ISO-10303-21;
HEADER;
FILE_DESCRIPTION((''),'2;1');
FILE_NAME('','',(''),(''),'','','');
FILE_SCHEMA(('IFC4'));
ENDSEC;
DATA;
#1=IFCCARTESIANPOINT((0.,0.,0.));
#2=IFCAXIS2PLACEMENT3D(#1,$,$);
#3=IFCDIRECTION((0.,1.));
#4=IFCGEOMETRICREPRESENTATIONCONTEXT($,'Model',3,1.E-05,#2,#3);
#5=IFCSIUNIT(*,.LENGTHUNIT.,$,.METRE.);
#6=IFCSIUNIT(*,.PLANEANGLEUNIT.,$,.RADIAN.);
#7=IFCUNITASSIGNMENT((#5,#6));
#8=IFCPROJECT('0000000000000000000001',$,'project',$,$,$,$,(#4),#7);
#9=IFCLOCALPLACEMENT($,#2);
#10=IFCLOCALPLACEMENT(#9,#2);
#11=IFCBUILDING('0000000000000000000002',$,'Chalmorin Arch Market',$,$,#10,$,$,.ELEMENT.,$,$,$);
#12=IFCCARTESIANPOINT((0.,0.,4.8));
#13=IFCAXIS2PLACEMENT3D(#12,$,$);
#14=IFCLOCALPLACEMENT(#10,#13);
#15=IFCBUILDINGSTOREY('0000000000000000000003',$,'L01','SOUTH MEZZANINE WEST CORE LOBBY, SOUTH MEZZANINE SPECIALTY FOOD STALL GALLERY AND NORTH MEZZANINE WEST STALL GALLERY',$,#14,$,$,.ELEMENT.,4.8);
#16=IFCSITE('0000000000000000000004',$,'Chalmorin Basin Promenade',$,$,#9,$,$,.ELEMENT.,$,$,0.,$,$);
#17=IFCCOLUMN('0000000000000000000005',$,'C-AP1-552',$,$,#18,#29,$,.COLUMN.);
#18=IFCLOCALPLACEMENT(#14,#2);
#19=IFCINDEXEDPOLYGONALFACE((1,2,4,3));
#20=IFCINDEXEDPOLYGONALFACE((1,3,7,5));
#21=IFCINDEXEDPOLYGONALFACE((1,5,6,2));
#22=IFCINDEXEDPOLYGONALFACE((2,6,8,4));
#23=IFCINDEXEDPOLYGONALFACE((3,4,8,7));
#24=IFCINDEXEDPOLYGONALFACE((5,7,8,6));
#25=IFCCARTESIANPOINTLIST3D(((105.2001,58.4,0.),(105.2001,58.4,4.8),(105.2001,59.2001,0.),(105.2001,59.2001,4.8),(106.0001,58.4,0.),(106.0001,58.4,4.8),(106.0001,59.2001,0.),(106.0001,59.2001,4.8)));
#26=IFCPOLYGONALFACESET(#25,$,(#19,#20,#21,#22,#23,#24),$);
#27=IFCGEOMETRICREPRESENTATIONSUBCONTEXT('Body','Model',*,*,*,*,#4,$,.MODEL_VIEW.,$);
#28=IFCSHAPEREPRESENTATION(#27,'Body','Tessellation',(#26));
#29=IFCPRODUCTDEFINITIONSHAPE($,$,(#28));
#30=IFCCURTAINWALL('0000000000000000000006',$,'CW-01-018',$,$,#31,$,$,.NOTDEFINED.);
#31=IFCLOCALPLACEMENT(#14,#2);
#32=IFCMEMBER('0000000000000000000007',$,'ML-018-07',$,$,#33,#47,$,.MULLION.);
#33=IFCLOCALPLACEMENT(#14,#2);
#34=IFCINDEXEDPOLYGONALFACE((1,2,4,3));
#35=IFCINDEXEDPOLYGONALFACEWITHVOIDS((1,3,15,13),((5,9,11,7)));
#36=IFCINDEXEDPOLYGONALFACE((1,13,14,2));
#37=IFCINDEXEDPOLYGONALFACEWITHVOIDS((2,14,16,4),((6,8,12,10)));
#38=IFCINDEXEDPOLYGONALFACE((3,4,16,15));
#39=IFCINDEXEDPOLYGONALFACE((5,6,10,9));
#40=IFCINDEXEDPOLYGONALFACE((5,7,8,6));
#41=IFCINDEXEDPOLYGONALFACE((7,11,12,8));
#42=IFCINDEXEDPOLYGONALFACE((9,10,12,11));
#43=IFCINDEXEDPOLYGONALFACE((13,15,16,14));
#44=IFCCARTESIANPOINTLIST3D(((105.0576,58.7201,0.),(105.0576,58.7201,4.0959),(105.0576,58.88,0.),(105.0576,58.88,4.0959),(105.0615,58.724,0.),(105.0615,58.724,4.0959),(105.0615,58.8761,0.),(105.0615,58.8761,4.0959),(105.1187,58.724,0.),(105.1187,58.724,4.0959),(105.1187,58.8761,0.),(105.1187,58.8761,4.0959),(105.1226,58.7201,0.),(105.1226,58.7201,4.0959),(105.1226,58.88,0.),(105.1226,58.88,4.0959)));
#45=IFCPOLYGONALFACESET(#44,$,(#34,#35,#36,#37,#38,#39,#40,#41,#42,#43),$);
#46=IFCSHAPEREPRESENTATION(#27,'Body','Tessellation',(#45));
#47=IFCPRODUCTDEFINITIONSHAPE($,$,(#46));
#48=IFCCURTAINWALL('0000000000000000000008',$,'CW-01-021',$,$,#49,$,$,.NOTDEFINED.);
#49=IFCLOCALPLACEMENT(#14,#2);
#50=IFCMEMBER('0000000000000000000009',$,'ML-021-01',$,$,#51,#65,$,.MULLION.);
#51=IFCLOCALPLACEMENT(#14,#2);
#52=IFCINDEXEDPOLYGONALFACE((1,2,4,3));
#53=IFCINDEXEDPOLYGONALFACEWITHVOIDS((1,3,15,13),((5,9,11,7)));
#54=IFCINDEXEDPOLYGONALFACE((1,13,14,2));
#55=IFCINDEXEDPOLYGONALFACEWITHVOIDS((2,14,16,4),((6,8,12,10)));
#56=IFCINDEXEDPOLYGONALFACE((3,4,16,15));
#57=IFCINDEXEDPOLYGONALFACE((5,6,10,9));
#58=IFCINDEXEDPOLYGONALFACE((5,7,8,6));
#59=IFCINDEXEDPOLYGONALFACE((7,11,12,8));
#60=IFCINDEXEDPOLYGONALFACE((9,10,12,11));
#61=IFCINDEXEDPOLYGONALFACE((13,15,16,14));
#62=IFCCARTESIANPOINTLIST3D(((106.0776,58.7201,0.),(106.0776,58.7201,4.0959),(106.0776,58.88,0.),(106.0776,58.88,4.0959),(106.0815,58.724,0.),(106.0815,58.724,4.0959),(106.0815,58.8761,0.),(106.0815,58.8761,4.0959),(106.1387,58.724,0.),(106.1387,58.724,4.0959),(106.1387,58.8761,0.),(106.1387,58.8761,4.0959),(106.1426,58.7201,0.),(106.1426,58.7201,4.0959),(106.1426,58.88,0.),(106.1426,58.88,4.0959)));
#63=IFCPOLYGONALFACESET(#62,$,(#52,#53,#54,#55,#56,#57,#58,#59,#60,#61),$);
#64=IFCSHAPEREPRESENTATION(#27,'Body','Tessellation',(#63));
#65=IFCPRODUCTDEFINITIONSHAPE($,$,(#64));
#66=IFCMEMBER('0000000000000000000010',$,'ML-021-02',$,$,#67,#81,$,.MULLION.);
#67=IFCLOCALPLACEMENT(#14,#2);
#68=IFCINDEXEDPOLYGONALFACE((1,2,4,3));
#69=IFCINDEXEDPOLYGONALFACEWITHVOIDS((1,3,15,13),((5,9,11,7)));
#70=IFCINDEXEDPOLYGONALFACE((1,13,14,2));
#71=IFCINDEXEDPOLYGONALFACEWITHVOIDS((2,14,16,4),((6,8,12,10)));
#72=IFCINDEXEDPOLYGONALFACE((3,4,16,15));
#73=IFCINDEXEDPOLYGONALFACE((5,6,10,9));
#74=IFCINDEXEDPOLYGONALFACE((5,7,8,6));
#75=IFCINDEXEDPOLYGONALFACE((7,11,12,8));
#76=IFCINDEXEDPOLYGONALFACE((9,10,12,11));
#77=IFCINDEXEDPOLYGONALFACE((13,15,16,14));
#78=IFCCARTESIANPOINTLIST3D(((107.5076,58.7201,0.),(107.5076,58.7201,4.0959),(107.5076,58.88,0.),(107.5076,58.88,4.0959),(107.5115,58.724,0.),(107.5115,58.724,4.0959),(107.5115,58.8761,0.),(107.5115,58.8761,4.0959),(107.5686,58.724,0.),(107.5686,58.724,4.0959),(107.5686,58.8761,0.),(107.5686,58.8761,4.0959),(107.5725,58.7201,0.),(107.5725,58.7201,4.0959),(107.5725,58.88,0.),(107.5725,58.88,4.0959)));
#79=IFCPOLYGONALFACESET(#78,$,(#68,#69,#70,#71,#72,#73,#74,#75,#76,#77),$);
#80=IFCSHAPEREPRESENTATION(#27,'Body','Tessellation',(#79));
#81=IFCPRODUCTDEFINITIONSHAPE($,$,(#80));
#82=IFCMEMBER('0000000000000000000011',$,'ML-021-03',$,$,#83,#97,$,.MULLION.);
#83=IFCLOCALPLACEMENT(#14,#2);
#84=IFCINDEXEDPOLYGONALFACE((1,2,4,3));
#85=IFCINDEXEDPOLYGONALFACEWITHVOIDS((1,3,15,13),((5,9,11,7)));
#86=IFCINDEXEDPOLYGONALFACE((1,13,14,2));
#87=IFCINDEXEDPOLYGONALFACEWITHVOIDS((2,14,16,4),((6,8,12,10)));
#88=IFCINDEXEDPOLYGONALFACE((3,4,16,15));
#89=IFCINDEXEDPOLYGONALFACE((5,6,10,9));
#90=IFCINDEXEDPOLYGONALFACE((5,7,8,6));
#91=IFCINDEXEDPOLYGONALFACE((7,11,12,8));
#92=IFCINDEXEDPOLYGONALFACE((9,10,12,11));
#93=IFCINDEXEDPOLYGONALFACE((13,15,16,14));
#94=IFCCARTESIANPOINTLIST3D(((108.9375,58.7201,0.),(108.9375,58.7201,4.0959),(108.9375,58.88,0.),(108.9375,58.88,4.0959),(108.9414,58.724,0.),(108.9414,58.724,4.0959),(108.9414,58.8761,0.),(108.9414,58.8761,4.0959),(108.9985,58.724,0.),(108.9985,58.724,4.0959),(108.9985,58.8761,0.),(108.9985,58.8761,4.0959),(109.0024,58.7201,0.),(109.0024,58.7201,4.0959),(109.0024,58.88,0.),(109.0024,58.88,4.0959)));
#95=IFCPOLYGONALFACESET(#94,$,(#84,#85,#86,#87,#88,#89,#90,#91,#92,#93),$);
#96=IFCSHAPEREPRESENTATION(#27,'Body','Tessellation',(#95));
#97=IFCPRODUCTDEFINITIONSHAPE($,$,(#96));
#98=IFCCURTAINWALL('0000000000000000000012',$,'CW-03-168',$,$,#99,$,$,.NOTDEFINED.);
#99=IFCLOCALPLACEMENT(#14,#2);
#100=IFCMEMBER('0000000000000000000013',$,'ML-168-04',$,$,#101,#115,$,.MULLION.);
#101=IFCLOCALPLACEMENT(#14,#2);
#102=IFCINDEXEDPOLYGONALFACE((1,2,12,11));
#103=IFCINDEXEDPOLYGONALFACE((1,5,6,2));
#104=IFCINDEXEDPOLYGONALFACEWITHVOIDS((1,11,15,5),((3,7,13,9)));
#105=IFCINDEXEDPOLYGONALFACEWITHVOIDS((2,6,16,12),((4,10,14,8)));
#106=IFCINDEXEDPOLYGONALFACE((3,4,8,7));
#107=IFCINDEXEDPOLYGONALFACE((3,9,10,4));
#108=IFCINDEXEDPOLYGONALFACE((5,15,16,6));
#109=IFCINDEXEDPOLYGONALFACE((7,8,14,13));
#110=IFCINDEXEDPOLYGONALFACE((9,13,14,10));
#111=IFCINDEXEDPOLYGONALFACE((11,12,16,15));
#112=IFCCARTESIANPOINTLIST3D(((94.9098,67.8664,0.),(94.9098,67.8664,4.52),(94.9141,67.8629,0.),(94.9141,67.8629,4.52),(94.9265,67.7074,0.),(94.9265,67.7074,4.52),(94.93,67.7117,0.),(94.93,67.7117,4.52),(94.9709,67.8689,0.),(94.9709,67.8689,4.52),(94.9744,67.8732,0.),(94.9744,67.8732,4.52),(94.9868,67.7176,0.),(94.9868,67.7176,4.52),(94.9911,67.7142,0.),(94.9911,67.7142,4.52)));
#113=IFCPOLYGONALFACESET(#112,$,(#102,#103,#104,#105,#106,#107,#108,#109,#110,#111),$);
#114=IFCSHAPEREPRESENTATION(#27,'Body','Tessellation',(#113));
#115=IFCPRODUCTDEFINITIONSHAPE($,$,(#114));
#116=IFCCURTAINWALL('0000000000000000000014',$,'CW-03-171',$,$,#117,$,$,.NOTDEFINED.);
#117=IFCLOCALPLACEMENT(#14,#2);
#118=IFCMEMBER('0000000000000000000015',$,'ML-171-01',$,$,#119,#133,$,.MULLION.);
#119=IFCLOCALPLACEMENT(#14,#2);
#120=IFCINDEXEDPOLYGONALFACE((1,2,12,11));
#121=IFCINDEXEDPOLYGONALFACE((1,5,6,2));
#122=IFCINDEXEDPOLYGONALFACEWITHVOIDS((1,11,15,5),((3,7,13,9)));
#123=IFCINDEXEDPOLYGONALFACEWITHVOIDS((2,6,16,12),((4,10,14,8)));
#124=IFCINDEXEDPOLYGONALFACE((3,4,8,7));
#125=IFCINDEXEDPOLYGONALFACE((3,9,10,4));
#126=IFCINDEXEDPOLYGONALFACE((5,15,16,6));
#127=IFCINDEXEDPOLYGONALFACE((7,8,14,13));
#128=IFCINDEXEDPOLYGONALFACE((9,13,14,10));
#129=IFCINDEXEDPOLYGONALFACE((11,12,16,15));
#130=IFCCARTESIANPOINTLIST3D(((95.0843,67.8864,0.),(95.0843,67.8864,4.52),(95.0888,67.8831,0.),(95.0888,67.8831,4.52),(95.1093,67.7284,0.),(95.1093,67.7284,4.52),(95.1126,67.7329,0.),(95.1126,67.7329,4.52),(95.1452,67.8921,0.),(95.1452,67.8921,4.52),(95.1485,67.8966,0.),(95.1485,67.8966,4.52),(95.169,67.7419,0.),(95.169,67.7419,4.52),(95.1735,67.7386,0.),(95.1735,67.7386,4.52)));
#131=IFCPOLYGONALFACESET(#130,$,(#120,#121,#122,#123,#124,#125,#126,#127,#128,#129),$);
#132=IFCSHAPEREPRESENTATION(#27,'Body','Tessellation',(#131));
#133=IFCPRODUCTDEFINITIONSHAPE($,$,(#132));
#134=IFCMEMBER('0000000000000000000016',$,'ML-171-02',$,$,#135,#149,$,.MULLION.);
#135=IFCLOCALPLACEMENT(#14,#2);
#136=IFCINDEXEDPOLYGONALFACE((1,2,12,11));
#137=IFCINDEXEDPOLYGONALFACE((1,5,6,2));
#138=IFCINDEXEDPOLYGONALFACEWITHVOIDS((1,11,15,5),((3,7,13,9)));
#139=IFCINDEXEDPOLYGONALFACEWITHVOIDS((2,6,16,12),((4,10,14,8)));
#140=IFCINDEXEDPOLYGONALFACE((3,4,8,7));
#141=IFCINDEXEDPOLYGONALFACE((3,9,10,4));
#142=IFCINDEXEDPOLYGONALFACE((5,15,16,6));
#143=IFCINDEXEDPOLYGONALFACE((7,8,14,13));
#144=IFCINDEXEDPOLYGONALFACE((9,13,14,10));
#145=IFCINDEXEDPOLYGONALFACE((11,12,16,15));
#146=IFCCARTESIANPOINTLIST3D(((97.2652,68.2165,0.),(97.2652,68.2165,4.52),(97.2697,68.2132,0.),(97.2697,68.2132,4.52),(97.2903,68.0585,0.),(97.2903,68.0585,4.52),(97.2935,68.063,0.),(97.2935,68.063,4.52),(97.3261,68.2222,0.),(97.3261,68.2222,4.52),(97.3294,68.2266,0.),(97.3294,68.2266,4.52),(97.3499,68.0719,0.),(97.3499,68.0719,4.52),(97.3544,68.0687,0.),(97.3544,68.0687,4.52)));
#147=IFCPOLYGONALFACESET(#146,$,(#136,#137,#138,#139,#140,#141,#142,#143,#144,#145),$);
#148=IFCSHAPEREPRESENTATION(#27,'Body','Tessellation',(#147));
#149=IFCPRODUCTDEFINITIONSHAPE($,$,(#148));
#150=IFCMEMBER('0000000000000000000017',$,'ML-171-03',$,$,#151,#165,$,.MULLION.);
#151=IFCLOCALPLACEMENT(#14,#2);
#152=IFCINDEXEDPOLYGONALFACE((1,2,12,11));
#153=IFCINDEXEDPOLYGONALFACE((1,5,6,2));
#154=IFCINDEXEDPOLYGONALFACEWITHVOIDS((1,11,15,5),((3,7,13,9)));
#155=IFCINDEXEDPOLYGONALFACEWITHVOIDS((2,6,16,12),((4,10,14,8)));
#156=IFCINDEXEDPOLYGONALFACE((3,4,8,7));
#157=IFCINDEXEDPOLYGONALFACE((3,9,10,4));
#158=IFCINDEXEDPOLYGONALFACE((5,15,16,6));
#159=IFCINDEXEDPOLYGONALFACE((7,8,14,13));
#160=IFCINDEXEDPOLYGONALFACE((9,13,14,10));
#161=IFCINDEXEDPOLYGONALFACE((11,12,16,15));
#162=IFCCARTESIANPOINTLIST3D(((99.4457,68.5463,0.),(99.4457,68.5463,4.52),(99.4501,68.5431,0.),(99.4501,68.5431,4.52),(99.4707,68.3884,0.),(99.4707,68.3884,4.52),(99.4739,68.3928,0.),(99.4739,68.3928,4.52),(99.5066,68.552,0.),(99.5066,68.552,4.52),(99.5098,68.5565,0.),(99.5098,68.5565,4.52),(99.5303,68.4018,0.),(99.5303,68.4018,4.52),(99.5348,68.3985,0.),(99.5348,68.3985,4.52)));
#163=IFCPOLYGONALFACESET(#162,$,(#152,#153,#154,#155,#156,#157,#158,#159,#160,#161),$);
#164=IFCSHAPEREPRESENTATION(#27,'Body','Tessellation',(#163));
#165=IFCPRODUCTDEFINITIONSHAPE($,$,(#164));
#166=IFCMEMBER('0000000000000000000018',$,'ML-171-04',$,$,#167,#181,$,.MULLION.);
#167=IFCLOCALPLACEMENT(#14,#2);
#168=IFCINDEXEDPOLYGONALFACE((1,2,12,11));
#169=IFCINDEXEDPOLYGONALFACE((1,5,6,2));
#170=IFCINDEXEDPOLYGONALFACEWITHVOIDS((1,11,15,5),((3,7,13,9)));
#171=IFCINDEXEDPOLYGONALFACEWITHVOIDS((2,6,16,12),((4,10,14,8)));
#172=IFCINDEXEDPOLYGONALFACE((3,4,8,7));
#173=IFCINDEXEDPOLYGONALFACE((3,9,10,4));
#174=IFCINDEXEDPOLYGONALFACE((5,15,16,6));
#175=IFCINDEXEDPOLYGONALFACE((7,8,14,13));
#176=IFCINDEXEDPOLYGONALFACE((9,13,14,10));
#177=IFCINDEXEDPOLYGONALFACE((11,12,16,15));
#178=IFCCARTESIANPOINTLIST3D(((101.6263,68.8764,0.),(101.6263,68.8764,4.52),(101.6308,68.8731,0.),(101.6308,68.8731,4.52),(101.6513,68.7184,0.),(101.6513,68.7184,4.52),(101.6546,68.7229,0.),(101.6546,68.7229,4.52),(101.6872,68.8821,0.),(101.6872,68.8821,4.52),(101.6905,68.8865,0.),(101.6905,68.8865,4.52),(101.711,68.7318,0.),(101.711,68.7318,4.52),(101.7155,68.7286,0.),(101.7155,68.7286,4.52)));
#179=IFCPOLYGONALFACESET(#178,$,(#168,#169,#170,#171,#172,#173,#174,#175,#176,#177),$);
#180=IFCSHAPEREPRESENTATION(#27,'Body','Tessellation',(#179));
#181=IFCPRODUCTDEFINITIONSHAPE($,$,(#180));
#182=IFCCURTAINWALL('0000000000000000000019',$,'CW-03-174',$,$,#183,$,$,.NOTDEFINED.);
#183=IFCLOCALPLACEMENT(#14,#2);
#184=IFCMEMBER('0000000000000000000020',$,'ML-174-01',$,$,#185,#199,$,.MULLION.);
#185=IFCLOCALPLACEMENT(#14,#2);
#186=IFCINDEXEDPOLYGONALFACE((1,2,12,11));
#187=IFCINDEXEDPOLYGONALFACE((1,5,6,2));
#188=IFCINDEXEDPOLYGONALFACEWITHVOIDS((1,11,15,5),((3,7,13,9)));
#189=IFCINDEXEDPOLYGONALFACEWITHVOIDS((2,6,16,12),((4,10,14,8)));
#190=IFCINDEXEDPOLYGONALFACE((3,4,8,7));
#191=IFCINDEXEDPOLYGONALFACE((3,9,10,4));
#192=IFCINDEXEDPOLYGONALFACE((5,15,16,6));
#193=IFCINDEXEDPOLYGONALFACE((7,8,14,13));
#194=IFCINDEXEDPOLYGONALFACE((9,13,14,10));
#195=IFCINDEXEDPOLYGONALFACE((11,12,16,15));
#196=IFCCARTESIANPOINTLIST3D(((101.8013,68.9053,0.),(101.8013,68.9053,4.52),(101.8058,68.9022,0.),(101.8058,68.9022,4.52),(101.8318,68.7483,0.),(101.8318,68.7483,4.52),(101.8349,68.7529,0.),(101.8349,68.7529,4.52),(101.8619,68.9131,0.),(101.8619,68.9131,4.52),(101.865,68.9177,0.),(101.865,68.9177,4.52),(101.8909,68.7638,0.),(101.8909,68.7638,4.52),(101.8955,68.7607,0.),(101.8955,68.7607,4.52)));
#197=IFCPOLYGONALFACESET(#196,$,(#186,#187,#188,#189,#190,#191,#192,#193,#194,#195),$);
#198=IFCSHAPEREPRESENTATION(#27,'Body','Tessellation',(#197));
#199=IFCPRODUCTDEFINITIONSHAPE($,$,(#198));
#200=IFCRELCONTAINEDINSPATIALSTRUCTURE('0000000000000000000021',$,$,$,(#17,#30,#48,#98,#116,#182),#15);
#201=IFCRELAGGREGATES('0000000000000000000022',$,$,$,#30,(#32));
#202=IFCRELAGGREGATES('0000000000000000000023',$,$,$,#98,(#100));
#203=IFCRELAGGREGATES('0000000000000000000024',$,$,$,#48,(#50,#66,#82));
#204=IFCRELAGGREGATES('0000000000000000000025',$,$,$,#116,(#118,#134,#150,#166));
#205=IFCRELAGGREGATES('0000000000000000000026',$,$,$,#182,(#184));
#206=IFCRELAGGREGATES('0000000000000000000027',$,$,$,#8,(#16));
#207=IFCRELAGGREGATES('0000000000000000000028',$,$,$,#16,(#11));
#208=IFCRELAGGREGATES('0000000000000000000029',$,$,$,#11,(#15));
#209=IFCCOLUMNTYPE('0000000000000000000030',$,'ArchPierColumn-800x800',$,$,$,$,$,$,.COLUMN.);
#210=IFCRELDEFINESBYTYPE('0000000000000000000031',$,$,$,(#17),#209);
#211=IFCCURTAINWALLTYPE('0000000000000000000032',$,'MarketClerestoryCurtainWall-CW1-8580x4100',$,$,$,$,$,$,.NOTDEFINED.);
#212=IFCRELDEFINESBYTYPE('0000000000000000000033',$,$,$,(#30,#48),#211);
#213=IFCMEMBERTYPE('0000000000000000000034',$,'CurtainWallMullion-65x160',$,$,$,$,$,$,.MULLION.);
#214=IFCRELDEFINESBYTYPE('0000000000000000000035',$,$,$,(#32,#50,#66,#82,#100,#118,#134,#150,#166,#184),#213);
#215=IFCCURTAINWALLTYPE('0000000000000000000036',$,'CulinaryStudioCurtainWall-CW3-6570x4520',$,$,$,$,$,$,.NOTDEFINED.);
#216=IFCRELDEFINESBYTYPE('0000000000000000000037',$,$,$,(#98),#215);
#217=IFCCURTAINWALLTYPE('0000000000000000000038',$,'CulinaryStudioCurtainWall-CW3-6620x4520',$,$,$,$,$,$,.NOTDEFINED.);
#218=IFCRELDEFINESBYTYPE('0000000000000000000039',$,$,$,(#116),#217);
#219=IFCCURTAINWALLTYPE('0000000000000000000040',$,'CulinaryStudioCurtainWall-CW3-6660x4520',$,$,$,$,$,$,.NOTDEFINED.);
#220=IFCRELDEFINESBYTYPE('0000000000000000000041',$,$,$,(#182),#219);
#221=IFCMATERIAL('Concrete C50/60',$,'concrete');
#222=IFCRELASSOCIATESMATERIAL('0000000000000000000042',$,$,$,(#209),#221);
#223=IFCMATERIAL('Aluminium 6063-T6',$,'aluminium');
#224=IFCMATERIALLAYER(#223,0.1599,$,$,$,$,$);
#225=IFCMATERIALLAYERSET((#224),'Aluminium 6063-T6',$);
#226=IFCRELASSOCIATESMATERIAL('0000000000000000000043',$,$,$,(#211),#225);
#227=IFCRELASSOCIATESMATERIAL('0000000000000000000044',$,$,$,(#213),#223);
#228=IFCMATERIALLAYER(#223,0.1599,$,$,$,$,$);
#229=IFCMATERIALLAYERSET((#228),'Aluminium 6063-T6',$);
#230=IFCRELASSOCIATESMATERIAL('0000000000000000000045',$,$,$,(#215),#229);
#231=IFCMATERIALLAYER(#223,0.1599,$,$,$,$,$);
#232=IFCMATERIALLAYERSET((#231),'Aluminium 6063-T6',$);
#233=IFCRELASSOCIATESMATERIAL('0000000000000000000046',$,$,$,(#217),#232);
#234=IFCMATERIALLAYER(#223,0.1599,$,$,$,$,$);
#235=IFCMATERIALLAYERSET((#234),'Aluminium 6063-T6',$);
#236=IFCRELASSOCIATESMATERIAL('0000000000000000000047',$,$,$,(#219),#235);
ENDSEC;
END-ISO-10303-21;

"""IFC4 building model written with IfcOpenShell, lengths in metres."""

from ifc_helpers import new_model, si_unit, direction, frame, origin, origin_2d, place, context, subcontext, project, spatial, rectangle, hollow_rectangle, extrude, material, layer, layer_set, material_profile, profile_set, type_object, element, aggregate, save


model = new_model("IFC4")

# Units and contexts
model_context = context("Model", 3, precision=1e-05, world=origin(), true_north=direction((0.0, 1.0)))
body_context = subcontext(model_context, "Body", "Model", "MODEL_VIEW")
ifc_project = project(units=[si_unit("LENGTHUNIT", "METRE"), si_unit("PLANEANGLEUNIT", "RADIAN")], contexts=[model_context])

# Site, building, storey
site_placement = place(None, origin())
site = spatial("IfcSite", under=ifc_project, at=site_placement, Name="Chalmorin Basin Promenade", CompositionType="ELEMENT", RefElevation=0.0)
building_placement = place(site_placement, origin())
building = spatial("IfcBuilding", under=site, at=building_placement, Name="Chalmorin Arch Market", CompositionType="ELEMENT")
storey_placement = place(building_placement, frame((0.0, 0.0, 4.8)))
storey = spatial("IfcBuildingStorey", under=building, at=storey_placement, Name="L01", Description="SOUTH MEZZANINE WEST CORE LOBBY, SOUTH MEZZANINE SPECIALTY FOOD STALL GALLERY AND NORTH MEZZANINE WEST STALL GALLERY", CompositionType="ELEMENT", Elevation=4.8)

# Column
ifc_material_1 = material(Name="Concrete C50/60", Category="concrete")
ifc_material_profile_1 = material_profile(ifc_material_1, rectangle(XDim=0.8, YDim=0.8, at=origin_2d()), Name="RC800X800")
ifc_profile_set_1 = profile_set([ifc_material_profile_1], Name="Concrete C50/60")
column_type = type_object("IfcColumnType", Name="ArchPierColumn-800x800", PredefinedType="COLUMN", material=ifc_profile_set_1)
column_placement = place(storey_placement, frame((105.6001, 58.8, 0.0), z_axis=(0.0, 0.0, 1.0), x_axis=(1.0, 0.0, 0.0)))
element("IfcColumn", 1, at=column_placement, inside=storey, type_object=column_type, Name="C-AP1-552", PredefinedType="COLUMN", context=body_context, shape_type="SweptSolid", body=[
    extrude(rectangle(XDim=0.8, YDim=0.8, at=origin_2d()), origin(), (0.0, 0.0, 1.0), 4.8),
])

# Curtain wall, member
ifc_material_2 = material(Name="Aluminium 6063-T6", Category="aluminium")
ifc_layer_1 = layer(ifc_material_2, 0.1599)
ifc_layer_set_1 = layer_set([ifc_layer_1], Name="Aluminium 6063-T6")
curtain_wall_type_1 = type_object("IfcCurtainWallType", Name="MarketClerestoryCurtainWall-CW1-8580x4100", PredefinedType="NOTDEFINED", material=ifc_layer_set_1)
curtain_wall_1_placement = place(storey_placement, origin())
curtain_wall_1 = element("IfcCurtainWall", 2, at=curtain_wall_1_placement, inside=storey, type_object=curtain_wall_type_1, Name="CW-01-018", PredefinedType="NOTDEFINED")
ifc_material_profile_2 = material_profile(ifc_material_2, hollow_rectangle(XDim=0.0649, YDim=0.1599, WallThickness=0.0039, at=origin_2d()), Name="ALU65X160X4")
ifc_profile_set_2 = profile_set([ifc_material_profile_2], Name="Aluminium 6063-T6")
member_type_1 = type_object("IfcMemberType", Name="CurtainWallMullion-65x160", PredefinedType="MULLION", material=ifc_profile_set_2)
member_1_placement = place(storey_placement, frame((105.0901, 58.8, 0.0), z_axis=(0.0, 0.0, 1.0), x_axis=(1.0, 0.0, 0.0)))
member_1 = element("IfcMember", 3, at=member_1_placement, type_object=member_type_1, Name="ML-018-07", PredefinedType="MULLION", context=body_context, shape_type="SweptSolid", body=[
    extrude(hollow_rectangle(XDim=0.0649, YDim=0.1599, WallThickness=0.0039, at=origin_2d()), origin(), (0.0, 0.0, 1.0), 4.0959),
])
aggregate(curtain_wall_1, [member_1])

# Curtain wall, members
curtain_wall_2_placement = place(storey_placement, origin())
curtain_wall_2 = element("IfcCurtainWall", 4, at=curtain_wall_2_placement, inside=storey, type_object=curtain_wall_type_1, Name="CW-01-021", PredefinedType="NOTDEFINED")
member_2_placement = place(storey_placement, frame((106.1101, 58.8, 0.0), z_axis=(0.0, 0.0, 1.0), x_axis=(1.0, 0.0, 0.0)))
member_2 = element("IfcMember", 5, at=member_2_placement, type_object=member_type_1, Name="ML-021-01", PredefinedType="MULLION", context=body_context, shape_type="SweptSolid", body=[
    extrude(hollow_rectangle(XDim=0.0649, YDim=0.1599, WallThickness=0.0039, at=origin_2d()), origin(), (0.0, 0.0, 1.0), 4.0959),
])
member_3_placement = place(storey_placement, frame((107.54, 58.8, 0.0), z_axis=(0.0, 0.0, 1.0), x_axis=(1.0, 0.0, 0.0)))
member_3 = element("IfcMember", 6, at=member_3_placement, type_object=member_type_1, Name="ML-021-02", PredefinedType="MULLION", context=body_context, shape_type="SweptSolid", body=[
    extrude(hollow_rectangle(XDim=0.0649, YDim=0.1599, WallThickness=0.0039, at=origin_2d()), origin(), (0.0, 0.0, 1.0), 4.0959),
])
member_4_placement = place(storey_placement, frame((108.97, 58.8, 0.0), z_axis=(0.0, 0.0, 1.0), x_axis=(1.0, 0.0, 0.0)))
member_4 = element("IfcMember", 7, at=member_4_placement, type_object=member_type_1, Name="ML-021-03", PredefinedType="MULLION", context=body_context, shape_type="SweptSolid", body=[
    extrude(hollow_rectangle(XDim=0.0649, YDim=0.1599, WallThickness=0.0039, at=origin_2d()), origin(), (0.0, 0.0, 1.0), 4.0959),
])

# Curtain wall, member
ifc_layer_2 = layer(ifc_material_2, 0.1599)
ifc_layer_set_2 = layer_set([ifc_layer_2], Name="Aluminium 6063-T6")
curtain_wall_type_2 = type_object("IfcCurtainWallType", Name="CulinaryStudioCurtainWall-CW3-6570x4520", PredefinedType="NOTDEFINED", material=ifc_layer_set_2)
curtain_wall_3_placement = place(storey_placement, origin())
curtain_wall_3 = element("IfcCurtainWall", 8, at=curtain_wall_3_placement, inside=storey, type_object=curtain_wall_type_2, Name="CW-03-168", PredefinedType="NOTDEFINED")
member_5_placement = place(storey_placement, frame((94.9504, 67.7903, 0.0), z_axis=(0.0, 0.0, 1.0), x_axis=(0.994522, 0.104528, 0.0)))
member_5 = element("IfcMember", 9, at=member_5_placement, type_object=member_type_1, Name="ML-168-04", PredefinedType="MULLION", context=body_context, shape_type="SweptSolid", body=[
    extrude(hollow_rectangle(XDim=0.0649, YDim=0.1599, WallThickness=0.0039, at=origin_2d()), origin(), (0.0, 0.0, 1.0), 4.52),
])
aggregate(curtain_wall_3, [member_5])

# Curtain walls, members
ifc_layer_3 = layer(ifc_material_2, 0.1599)
ifc_layer_set_3 = layer_set([ifc_layer_3], Name="Aluminium 6063-T6")
curtain_wall_type_3 = type_object("IfcCurtainWallType", Name="CulinaryStudioCurtainWall-CW3-6620x4520", PredefinedType="NOTDEFINED", material=ifc_layer_set_3)
curtain_wall_4_placement = place(storey_placement, origin())
curtain_wall_4 = element("IfcCurtainWall", 10, at=curtain_wall_4_placement, inside=storey, type_object=curtain_wall_type_3, Name="CW-03-171", PredefinedType="NOTDEFINED")
member_6_placement = place(storey_placement, frame((95.1289, 67.8125, 0.0), z_axis=(0.0, 0.0, 1.0), x_axis=(0.987688, 0.156434, 0.0)))
member_6 = element("IfcMember", 11, at=member_6_placement, type_object=member_type_1, Name="ML-171-01", PredefinedType="MULLION", context=body_context, shape_type="SweptSolid", body=[
    extrude(hollow_rectangle(XDim=0.0649, YDim=0.1599, WallThickness=0.0039, at=origin_2d()), origin(), (0.0, 0.0, 1.0), 4.52),
])
member_7_placement = place(storey_placement, frame((97.3098, 68.1426, 0.0), z_axis=(0.0, 0.0, 1.0), x_axis=(0.987688, 0.156434, 0.0)))
member_7 = element("IfcMember", 12, at=member_7_placement, type_object=member_type_1, Name="ML-171-02", PredefinedType="MULLION", context=body_context, shape_type="SweptSolid", body=[
    extrude(hollow_rectangle(XDim=0.0649, YDim=0.1599, WallThickness=0.0039, at=origin_2d()), origin(), (0.0, 0.0, 1.0), 4.52),
])
member_8_placement = place(storey_placement, frame((99.4902, 68.4724, 0.0), z_axis=(0.0, 0.0, 1.0), x_axis=(0.987688, 0.156434, 0.0)))
member_8 = element("IfcMember", 13, at=member_8_placement, type_object=member_type_1, Name="ML-171-03", PredefinedType="MULLION", context=body_context, shape_type="SweptSolid", body=[
    extrude(hollow_rectangle(XDim=0.0649, YDim=0.1599, WallThickness=0.0039, at=origin_2d()), origin(), (0.0, 0.0, 1.0), 4.52),
])
member_9_placement = place(storey_placement, frame((101.6709, 68.8025, 0.0), z_axis=(0.0, 0.0, 1.0), x_axis=(0.987688, 0.156434, 0.0)))
member_9 = element("IfcMember", 14, at=member_9_placement, type_object=member_type_1, Name="ML-171-04", PredefinedType="MULLION", context=body_context, shape_type="SweptSolid", body=[
    extrude(hollow_rectangle(XDim=0.0649, YDim=0.1599, WallThickness=0.0039, at=origin_2d()), origin(), (0.0, 0.0, 1.0), 4.52),
])
ifc_layer_4 = layer(ifc_material_2, 0.1599)
ifc_layer_set_4 = layer_set([ifc_layer_4], Name="Aluminium 6063-T6")
curtain_wall_type_4 = type_object("IfcCurtainWallType", Name="CulinaryStudioCurtainWall-CW3-6660x4520", PredefinedType="NOTDEFINED", material=ifc_layer_set_4)
curtain_wall_5_placement = place(storey_placement, origin())
curtain_wall_5 = element("IfcCurtainWall", 15, at=curtain_wall_5_placement, inside=storey, type_object=curtain_wall_type_4, Name="CW-03-174", PredefinedType="NOTDEFINED")
member_10_placement = place(storey_placement, frame((101.8484, 68.833, 0.0), z_axis=(0.0, 0.0, 1.0), x_axis=(0.981627, 0.190809, 0.0)))
member_10 = element("IfcMember", 16, at=member_10_placement, type_object=member_type_1, Name="ML-174-01", PredefinedType="MULLION", context=body_context, shape_type="SweptSolid", body=[
    extrude(hollow_rectangle(XDim=0.0649, YDim=0.1599, WallThickness=0.0039, at=origin_2d()), origin(), (0.0, 0.0, 1.0), 4.52),
])

aggregate(curtain_wall_2, [member_2, member_3, member_4])
aggregate(curtain_wall_4, [member_6, member_7, member_8, member_9])
aggregate(curtain_wall_5, [member_10])

save(model, "model.ifc")
